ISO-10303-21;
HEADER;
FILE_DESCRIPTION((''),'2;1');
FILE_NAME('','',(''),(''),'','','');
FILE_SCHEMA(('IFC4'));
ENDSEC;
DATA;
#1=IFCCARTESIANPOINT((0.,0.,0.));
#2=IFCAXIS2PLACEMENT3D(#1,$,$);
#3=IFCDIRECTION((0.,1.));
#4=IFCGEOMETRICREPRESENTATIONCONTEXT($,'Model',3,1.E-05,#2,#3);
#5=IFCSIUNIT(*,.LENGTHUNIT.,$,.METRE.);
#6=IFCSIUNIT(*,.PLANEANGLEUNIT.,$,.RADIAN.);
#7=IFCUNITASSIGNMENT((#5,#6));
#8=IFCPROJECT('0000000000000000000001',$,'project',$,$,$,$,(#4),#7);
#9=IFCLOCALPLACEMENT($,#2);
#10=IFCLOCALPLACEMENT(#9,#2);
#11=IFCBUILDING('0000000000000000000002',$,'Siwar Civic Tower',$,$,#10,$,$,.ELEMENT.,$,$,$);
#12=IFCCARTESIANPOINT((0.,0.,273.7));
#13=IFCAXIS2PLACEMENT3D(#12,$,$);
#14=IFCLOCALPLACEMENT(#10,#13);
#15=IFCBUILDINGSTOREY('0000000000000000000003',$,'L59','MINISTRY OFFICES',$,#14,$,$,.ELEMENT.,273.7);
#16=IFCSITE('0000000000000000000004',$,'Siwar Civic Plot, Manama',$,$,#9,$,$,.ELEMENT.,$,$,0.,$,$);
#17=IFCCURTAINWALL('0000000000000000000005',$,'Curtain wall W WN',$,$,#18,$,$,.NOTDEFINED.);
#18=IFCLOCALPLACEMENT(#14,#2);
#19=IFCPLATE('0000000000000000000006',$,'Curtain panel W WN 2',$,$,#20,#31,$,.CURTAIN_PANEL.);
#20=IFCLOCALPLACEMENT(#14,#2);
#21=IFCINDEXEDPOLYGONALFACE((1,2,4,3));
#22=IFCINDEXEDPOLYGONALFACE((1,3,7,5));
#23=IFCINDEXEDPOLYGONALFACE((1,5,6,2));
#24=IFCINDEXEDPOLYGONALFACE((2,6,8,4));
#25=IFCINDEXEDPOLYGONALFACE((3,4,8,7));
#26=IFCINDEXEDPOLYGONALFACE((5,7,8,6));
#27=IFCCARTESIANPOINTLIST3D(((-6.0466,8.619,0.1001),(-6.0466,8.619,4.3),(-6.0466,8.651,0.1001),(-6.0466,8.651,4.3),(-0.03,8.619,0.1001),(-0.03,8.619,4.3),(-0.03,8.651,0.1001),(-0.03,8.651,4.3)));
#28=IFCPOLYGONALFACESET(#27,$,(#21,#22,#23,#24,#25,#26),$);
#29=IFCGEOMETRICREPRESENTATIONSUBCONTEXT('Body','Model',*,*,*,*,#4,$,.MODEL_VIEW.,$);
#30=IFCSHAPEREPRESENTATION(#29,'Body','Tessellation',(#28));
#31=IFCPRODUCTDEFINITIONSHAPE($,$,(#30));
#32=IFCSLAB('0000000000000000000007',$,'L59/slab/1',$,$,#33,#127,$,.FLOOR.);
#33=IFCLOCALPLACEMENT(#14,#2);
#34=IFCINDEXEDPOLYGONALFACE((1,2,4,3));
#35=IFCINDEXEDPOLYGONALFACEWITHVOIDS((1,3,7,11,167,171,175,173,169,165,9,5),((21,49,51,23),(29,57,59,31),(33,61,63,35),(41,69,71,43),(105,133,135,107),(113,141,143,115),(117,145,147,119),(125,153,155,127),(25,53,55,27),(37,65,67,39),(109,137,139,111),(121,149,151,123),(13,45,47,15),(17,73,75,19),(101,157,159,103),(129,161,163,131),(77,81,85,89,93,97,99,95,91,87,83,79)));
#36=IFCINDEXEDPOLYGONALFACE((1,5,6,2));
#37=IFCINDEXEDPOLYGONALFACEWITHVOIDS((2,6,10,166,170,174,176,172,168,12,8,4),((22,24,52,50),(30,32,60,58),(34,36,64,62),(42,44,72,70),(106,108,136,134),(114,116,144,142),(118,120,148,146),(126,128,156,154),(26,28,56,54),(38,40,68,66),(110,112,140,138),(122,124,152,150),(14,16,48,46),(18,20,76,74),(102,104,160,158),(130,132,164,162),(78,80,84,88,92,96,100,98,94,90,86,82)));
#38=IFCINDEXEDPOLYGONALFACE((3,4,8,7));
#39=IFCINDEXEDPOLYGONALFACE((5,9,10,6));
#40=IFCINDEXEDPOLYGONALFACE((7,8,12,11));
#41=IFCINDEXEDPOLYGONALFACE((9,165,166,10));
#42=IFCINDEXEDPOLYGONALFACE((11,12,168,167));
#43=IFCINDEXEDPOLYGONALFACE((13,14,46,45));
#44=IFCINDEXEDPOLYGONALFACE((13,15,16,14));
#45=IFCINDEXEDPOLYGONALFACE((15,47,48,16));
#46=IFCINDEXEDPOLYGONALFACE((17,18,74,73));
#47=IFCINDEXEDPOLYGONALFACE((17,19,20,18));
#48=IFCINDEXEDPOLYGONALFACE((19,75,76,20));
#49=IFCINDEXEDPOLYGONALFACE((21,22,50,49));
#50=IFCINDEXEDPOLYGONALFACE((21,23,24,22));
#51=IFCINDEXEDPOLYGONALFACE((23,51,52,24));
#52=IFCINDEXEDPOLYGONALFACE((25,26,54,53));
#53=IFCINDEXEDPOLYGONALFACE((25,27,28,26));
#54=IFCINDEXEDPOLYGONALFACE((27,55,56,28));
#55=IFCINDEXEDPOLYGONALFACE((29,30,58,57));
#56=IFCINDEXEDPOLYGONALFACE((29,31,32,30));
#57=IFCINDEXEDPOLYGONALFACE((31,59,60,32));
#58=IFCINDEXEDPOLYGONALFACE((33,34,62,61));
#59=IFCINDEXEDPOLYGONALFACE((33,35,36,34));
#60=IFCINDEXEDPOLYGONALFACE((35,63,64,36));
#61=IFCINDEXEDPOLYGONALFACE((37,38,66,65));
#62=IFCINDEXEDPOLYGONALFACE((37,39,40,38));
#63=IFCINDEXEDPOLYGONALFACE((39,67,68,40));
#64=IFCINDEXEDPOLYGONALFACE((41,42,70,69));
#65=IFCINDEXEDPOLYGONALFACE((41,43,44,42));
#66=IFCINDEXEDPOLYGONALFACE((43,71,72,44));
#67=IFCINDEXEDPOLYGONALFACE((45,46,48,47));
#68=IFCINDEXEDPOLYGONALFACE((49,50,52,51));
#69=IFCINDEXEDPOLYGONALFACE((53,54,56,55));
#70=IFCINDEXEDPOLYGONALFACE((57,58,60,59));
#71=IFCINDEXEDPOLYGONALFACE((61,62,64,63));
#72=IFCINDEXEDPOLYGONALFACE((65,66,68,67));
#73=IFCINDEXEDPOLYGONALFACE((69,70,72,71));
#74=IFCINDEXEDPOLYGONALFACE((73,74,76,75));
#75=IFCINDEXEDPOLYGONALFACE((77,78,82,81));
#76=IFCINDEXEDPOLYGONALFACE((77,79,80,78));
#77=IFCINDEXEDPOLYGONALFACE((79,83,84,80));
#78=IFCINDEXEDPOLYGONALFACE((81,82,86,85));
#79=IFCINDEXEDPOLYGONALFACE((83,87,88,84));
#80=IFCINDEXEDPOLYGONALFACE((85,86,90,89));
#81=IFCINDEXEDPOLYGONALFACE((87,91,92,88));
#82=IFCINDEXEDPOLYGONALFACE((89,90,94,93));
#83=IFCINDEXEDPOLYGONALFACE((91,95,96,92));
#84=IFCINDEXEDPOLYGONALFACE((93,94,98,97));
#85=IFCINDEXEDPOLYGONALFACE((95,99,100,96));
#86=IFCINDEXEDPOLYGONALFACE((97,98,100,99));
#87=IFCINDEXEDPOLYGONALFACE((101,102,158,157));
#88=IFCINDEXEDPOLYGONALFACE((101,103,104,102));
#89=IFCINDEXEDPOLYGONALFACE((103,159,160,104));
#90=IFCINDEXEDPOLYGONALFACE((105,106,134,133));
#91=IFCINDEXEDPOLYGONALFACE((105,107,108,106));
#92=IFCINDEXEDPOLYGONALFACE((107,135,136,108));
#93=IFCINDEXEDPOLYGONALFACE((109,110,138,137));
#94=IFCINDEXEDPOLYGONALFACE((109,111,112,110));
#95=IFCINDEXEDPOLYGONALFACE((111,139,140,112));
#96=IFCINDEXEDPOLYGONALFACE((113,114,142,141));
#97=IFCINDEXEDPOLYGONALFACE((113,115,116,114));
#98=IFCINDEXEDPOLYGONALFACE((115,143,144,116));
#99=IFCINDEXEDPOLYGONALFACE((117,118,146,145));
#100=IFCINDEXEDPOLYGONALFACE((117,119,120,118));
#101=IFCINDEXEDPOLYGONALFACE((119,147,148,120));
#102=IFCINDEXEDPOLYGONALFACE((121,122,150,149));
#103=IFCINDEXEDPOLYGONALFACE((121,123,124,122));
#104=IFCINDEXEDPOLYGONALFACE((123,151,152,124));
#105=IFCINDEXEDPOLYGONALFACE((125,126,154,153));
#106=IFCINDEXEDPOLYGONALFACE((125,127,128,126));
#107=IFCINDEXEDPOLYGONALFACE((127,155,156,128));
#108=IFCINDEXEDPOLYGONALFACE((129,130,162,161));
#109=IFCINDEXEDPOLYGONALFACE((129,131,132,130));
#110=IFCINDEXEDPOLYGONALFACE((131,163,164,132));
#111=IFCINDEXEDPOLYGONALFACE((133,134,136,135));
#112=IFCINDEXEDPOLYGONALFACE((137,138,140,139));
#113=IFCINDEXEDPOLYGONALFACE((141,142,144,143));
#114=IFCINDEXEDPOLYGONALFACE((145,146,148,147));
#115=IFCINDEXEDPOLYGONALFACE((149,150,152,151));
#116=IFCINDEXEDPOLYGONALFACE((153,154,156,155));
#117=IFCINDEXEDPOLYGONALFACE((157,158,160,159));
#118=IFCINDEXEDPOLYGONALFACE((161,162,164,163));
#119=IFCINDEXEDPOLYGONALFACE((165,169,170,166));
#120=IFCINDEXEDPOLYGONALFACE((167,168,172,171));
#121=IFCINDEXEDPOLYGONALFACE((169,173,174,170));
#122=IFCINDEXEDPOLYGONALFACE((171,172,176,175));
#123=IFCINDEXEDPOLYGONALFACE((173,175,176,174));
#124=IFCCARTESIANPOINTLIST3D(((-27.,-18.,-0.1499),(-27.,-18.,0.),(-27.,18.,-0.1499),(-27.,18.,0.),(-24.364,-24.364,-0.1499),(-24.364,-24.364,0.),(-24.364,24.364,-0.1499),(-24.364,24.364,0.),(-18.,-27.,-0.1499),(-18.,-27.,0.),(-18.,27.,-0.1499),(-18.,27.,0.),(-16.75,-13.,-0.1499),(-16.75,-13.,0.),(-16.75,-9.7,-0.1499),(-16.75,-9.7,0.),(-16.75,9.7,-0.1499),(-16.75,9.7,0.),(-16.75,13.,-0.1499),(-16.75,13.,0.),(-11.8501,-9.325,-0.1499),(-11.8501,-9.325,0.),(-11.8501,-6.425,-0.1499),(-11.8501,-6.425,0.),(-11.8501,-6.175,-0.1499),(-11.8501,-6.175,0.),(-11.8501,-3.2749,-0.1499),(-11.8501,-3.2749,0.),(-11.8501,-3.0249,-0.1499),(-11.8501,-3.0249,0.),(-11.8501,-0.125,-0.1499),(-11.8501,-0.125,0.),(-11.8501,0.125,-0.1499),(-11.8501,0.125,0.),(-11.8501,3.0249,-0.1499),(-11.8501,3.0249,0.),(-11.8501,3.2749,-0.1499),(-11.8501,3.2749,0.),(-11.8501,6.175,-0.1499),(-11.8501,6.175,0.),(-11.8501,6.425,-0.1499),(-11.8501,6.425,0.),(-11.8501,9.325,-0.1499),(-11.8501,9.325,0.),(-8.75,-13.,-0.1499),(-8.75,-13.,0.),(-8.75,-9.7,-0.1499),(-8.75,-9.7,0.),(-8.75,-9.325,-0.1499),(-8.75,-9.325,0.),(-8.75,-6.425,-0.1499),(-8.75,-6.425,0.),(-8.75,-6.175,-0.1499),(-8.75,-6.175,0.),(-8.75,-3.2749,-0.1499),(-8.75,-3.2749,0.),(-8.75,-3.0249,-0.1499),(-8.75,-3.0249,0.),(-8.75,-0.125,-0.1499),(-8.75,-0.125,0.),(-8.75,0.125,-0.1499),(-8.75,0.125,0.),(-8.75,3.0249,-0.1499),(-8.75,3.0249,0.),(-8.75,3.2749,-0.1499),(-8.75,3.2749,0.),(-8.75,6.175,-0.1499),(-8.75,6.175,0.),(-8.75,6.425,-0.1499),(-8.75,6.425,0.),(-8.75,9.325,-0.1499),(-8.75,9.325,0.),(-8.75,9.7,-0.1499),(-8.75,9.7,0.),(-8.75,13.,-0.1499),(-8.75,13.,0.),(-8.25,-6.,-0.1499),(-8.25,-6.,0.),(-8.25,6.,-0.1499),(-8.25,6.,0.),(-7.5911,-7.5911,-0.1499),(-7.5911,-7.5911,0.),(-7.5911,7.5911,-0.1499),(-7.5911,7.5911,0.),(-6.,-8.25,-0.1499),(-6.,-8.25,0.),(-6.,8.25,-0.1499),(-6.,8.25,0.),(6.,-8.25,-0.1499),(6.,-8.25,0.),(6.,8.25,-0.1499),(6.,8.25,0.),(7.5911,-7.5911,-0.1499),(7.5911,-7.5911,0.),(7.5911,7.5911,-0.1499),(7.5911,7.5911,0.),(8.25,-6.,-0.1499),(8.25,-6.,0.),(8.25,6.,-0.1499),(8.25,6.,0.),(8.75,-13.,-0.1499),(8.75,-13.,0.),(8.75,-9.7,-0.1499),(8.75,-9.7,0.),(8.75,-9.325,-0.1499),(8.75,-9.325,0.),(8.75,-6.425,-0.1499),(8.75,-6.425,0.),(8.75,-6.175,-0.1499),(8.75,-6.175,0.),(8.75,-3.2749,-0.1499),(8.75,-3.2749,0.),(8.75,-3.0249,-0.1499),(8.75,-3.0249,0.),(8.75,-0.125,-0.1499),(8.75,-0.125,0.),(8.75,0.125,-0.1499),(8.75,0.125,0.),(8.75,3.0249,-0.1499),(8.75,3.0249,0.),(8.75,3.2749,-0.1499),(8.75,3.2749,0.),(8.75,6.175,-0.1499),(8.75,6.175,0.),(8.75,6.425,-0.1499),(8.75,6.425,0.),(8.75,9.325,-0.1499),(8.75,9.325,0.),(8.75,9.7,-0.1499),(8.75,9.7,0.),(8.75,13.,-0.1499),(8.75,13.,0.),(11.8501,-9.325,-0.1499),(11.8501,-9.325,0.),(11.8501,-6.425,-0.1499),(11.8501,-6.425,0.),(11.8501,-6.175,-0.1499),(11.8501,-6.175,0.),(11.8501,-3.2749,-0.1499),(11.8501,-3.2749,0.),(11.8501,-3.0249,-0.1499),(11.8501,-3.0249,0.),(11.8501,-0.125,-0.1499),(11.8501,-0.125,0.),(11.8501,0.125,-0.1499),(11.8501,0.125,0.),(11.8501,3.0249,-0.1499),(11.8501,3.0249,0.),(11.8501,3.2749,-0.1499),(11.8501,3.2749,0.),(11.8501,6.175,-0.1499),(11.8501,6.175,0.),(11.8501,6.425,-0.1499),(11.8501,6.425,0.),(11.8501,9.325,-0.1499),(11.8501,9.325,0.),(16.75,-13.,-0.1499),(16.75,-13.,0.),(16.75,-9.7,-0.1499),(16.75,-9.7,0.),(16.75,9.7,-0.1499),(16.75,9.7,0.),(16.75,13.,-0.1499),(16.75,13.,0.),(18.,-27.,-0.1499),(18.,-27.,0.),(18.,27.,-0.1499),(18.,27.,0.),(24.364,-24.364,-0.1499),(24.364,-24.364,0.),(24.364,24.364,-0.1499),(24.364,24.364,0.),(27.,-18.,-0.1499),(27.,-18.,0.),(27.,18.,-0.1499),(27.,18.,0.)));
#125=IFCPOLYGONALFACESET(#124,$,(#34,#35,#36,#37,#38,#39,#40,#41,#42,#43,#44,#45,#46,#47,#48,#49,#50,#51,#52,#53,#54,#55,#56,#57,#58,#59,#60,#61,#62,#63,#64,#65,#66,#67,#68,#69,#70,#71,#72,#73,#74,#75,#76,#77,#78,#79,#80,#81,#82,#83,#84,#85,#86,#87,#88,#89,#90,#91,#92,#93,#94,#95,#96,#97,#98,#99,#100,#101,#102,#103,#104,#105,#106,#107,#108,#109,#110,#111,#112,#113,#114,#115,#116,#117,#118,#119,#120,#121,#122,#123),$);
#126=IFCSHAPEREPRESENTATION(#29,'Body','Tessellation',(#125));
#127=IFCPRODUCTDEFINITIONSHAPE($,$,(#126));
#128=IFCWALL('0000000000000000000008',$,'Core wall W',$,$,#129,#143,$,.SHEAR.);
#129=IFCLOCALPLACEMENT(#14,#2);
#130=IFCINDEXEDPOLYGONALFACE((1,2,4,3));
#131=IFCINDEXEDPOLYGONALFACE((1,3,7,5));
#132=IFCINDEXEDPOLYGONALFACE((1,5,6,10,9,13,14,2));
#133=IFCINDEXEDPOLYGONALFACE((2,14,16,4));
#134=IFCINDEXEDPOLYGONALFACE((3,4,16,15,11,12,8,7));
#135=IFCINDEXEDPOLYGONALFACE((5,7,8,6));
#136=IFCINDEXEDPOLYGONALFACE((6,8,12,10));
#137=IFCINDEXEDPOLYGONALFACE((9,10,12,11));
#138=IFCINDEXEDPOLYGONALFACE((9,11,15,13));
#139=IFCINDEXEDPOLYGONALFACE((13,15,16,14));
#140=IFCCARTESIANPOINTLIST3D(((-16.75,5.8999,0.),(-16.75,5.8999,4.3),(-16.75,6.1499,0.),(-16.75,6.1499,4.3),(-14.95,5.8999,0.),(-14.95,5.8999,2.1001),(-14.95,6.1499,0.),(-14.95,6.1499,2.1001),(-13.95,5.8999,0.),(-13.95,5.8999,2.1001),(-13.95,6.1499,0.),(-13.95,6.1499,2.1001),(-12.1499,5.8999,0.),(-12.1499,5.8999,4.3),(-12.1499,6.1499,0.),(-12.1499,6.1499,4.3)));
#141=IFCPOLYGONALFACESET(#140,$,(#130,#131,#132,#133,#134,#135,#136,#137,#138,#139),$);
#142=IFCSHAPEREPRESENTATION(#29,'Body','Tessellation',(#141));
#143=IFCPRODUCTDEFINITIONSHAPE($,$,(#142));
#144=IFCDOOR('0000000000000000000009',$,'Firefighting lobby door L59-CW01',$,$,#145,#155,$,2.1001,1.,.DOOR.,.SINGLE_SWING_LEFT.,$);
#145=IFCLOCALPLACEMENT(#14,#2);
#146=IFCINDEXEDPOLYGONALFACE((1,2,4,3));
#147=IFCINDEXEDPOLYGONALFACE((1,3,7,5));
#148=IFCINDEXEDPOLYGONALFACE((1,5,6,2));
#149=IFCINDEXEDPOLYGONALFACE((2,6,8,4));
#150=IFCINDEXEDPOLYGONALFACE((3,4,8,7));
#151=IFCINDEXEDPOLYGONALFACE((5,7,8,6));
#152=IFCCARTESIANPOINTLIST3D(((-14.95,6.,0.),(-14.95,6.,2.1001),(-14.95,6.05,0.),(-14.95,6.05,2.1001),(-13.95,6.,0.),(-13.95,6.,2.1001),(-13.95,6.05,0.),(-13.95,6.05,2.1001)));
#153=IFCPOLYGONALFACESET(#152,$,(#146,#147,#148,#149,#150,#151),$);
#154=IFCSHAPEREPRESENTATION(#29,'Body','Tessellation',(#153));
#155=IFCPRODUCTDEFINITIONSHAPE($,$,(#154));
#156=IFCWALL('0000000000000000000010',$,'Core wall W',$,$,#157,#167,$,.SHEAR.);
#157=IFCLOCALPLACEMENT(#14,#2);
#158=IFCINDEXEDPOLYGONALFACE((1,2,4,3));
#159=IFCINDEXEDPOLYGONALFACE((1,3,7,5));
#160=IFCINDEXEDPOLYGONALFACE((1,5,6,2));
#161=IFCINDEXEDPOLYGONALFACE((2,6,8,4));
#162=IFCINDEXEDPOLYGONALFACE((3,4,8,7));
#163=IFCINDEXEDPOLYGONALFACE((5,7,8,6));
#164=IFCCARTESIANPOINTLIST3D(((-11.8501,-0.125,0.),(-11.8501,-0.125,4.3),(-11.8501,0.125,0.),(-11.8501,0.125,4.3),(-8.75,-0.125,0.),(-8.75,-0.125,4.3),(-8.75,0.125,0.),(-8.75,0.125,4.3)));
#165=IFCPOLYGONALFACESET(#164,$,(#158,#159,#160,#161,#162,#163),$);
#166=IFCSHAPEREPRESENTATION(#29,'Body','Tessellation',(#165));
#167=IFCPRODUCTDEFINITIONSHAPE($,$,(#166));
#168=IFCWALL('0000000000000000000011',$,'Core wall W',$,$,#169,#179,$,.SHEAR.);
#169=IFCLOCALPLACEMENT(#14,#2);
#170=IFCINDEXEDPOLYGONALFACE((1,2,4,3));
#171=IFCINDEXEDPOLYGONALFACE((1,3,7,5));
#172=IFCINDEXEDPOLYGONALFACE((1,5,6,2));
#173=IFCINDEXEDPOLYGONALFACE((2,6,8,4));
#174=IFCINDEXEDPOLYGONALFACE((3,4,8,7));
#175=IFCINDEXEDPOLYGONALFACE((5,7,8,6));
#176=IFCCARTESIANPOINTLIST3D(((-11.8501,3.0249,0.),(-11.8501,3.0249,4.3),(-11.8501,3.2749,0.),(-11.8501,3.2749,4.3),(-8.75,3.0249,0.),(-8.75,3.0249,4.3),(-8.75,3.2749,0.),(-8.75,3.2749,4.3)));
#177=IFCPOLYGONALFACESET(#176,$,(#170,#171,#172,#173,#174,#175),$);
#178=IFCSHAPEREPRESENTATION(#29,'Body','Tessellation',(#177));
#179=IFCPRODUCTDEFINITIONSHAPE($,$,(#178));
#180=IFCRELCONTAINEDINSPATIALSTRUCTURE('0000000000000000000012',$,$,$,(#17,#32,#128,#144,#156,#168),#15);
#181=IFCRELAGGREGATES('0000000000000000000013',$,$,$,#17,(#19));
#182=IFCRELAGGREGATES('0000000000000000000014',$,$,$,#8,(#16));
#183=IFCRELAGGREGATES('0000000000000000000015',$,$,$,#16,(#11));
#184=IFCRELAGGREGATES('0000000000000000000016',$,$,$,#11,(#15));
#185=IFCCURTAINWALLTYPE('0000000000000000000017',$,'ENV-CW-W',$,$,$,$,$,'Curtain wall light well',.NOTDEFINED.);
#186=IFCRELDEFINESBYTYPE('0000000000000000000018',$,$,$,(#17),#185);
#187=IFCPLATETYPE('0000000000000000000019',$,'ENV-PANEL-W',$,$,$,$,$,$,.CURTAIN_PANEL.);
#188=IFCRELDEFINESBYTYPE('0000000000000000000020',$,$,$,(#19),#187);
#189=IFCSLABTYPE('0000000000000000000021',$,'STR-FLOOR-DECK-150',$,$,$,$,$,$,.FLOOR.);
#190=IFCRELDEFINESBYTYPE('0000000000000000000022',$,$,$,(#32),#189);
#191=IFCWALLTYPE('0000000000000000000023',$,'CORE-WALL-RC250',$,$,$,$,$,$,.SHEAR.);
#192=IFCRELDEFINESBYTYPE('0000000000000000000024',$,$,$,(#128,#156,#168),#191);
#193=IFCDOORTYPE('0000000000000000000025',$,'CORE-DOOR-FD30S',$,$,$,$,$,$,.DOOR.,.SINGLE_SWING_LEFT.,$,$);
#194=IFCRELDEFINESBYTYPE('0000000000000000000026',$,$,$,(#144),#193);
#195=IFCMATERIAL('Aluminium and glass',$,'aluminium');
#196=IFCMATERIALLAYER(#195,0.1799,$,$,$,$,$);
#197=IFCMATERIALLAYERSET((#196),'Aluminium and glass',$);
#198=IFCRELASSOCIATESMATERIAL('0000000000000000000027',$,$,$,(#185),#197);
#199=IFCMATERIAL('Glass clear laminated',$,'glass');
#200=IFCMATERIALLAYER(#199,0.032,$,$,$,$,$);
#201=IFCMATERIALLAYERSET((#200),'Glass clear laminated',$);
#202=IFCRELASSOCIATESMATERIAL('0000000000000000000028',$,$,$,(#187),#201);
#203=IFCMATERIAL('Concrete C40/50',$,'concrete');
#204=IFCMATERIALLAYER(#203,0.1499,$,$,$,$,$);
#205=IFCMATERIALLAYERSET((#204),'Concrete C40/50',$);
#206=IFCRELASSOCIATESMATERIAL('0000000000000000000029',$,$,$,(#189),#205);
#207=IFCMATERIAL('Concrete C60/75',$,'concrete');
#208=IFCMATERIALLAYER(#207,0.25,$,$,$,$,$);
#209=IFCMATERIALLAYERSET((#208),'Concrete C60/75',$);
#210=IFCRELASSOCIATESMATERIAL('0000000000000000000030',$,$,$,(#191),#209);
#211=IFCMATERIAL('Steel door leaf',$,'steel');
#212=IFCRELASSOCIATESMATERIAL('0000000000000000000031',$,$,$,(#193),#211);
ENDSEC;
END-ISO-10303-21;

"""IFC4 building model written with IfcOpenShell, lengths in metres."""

from ifc_helpers import new_model, si_unit, direction, frame, frame_2d, origin, origin_2d, place, context, subcontext, project, spatial, polyline, rectangle, outline, extrude, material, layer, layer_set, type_object, element, fill, aggregate, save


model = new_model("IFC4")

# Units and contexts
model_context = context("Model", 3, precision=1e-05, world=origin(), true_north=direction((0.0, 1.0)))
body_context = subcontext(model_context, "Body", "Model", "MODEL_VIEW")
ifc_project = project(units=[si_unit("LENGTHUNIT", "METRE"), si_unit("PLANEANGLEUNIT", "RADIAN")], contexts=[model_context])

# Site, building, storey
site_placement = place(None, origin())
site = spatial("IfcSite", under=ifc_project, at=site_placement, Name="Siwar Civic Plot, Manama", CompositionType="ELEMENT", RefElevation=0.0)
building_placement = place(site_placement, origin())
building = spatial("IfcBuilding", under=site, at=building_placement, Name="Siwar Civic Tower", CompositionType="ELEMENT")
storey_placement = place(building_placement, frame((0.0, 0.0, 273.7)))
storey = spatial("IfcBuildingStorey", under=building, at=storey_placement, Name="L59", Description="MINISTRY OFFICES", CompositionType="ELEMENT", Elevation=273.7)

# Curtain wall
ifc_material_1 = material(Name="Aluminium and glass", Category="aluminium")
ifc_layer_1 = layer(ifc_material_1, 0.1799)
ifc_layer_set_1 = layer_set([ifc_layer_1], Name="Aluminium and glass")
curtain_wall_type = type_object("IfcCurtainWallType", Name="ENV-CW-W", ElementType="Curtain wall light well", PredefinedType="NOTDEFINED", material=ifc_layer_set_1)
curtain_wall_placement = place(storey_placement, origin())
curtain_wall = element("IfcCurtainWall", 1, at=curtain_wall_placement, inside=storey, type_object=curtain_wall_type, Name="Curtain wall W WN", PredefinedType="NOTDEFINED")

# Plate
ifc_material_2 = material(Name="Glass clear laminated", Category="glass")
ifc_layer_2 = layer(ifc_material_2, 0.032)
ifc_layer_set_2 = layer_set([ifc_layer_2], Name="Glass clear laminated")
plate_type = type_object("IfcPlateType", Name="ENV-PANEL-W", PredefinedType="CURTAIN_PANEL", material=ifc_layer_set_2)
plate_placement = place(storey_placement, frame((-3.0383, 8.635, 0.1001), z_axis=(0.0, 0.0, 1.0), x_axis=(-1.0, 0.0, 0.0)))
plate = element("IfcPlate", 2, at=plate_placement, type_object=plate_type, Name="Curtain panel W WN 2", PredefinedType="CURTAIN_PANEL", context=body_context, shape_type="SweptSolid", body=[
    extrude(rectangle(XDim=6.0166, YDim=0.032, at=origin_2d()), origin(), (0.0, 0.0, 1.0), 4.2),
])
aggregate(curtain_wall, [plate])

# Slab
ifc_material_3 = material(Name="Concrete C40/50", Category="concrete")
ifc_layer_3 = layer(ifc_material_3, 0.1499)
ifc_layer_set_3 = layer_set([ifc_layer_3], Name="Concrete C40/50")
slab_type_1 = type_object("IfcSlabType", Name="STR-FLOOR-DECK-150", PredefinedType="FLOOR", material=ifc_layer_set_3)
slab_1_placement = place(storey_placement, frame((0.0, 0.0, -0.1499)))
element("IfcSlab", 3, at=slab_1_placement, inside=storey, type_object=slab_type_1, Name="L59/slab/1", PredefinedType="FLOOR", context=body_context, shape_type="SweptSolid", body=[
    extrude(outline(polyline([(-18.0, -27.0), (18.0, -27.0), (24.364, -24.364), (27.0, -18.0), (27.0, 18.0), (24.364, 24.364), (18.0, 27.0), (-18.0, 27.0), (-24.364, 24.364), (-27.0, 18.0), (-27.0, -18.0), (-24.364, -24.364), (-18.0, -27.0)]), holes=[polyline([(16.75, 13.0), (16.75, 9.7), (8.75, 9.7), (8.75, 13.0), (16.75, 13.0)]), polyline([(8.75, -9.7), (16.75, -9.7), (16.75, -13.0), (8.75, -13.0), (8.75, -9.7)]), polyline([(11.8501, 9.325), (11.8501, 6.425), (8.75, 6.425), (8.75, 9.325), (11.8501, 9.325)]), polyline([(8.75, 6.175), (11.8501, 6.175), (11.8501, 3.2749), (8.75, 3.2749), (8.75, 6.175)]), polyline([(8.75, 3.0249), (11.8501, 3.0249), (11.8501, 0.125), (8.75, 0.125), (8.75, 3.0249)]), polyline([(8.75, -0.125), (11.8501, -0.125), (11.8501, -3.0249), (8.75, -3.0249), (8.75, -0.125)]), polyline([(8.75, -3.2749), (11.8501, -3.2749), (11.8501, -6.175), (8.75, -6.175), (8.75, -3.2749)]), polyline([(8.75, -6.425), (11.8501, -6.425), (11.8501, -9.325), (8.75, -9.325), (8.75, -6.425)]), polyline([(-6.0, 8.25), (6.0, 8.25), (7.5911, 7.5911), (8.25, 6.0), (8.25, -6.0), (7.5911, -7.5911), (6.0, -8.25), (-6.0, -8.25), (-7.5911, -7.5911), (-8.25, -6.0), (-8.25, 6.0), (-7.5911, 7.5911), (-6.0, 8.25)]), polyline([(-8.75, -13.0), (-16.75, -13.0), (-16.75, -9.7), (-8.75, -9.7), (-8.75, -13.0)]), polyline([(-8.75, 9.7), (-16.75, 9.7), (-16.75, 13.0), (-8.75, 13.0), (-8.75, 9.7)]), polyline([(-8.75, 6.425), (-11.8501, 6.425), (-11.8501, 9.325), (-8.75, 9.325), (-8.75, 6.425)]), polyline([(-8.75, 3.2749), (-11.8501, 3.2749), (-11.8501, 6.175), (-8.75, 6.175), (-8.75, 3.2749)]), polyline([(-8.75, 0.125), (-11.8501, 0.125), (-11.8501, 3.0249), (-8.75, 3.0249), (-8.75, 0.125)]), polyline([(-8.75, -3.0249), (-11.8501, -3.0249), (-11.8501, -0.125), (-8.75, -0.125), (-8.75, -3.0249)]), polyline([(-8.75, -6.175), (-11.8501, -6.175), (-11.8501, -3.2749), (-8.75, -3.2749), (-8.75, -6.175)]), polyline([(-8.75, -9.325), (-11.8501, -9.325), (-11.8501, -6.425), (-8.75, -6.425), (-8.75, -9.325)])]), origin(), (0.0, 0.0, 1.0), 0.1499),
])

# Wall, opening, door
ifc_material_4 = material(Name="Concrete C60/75", Category="concrete")
ifc_layer_4 = layer(ifc_material_4, 0.25)
ifc_layer_set_4 = layer_set([ifc_layer_4], Name="Concrete C60/75")
wall_type_1 = type_object("IfcWallType", Name="CORE-WALL-RC250", PredefinedType="SHEAR", material=ifc_layer_set_4)
wall_1_placement = place(storey_placement, frame((-12.1499, 6.0249, 0.0), z_axis=(0.0, 0.0, 1.0), x_axis=(-1.0, 0.0, 0.0)))
wall_1 = element("IfcWall", 4, at=wall_1_placement, inside=storey, type_object=wall_type_1, Name="Core wall W", PredefinedType="SHEAR", context=body_context, shape_type="SweptSolid", body=[
    extrude(rectangle(XDim=4.6001, YDim=0.25, at=frame_2d((2.3, 0.0))), origin(), (0.0, 0.0, 1.0), 4.3),
])
opening_placement = place(wall_1_placement, frame((1.8, 0.0, 0.0)))
opening = element("IfcOpeningElement", 5, at=opening_placement, cuts=wall_1, PredefinedType="OPENING", context=body_context, shape_type="SweptSolid", body=[
    extrude(rectangle(XDim=1.0, YDim=2.1001, at=frame_2d((0.5, 1.05))), frame((0.0, 0.135, 0.0), z_axis=(0.0, -1.0, 0.0), x_axis=(1.0, 0.0, 0.0)), (0.0, 0.0, 1.0), 0.27),
])
ifc_material_5 = material(Name="Steel door leaf", Category="steel")
door_type = type_object("IfcDoorType", Name="CORE-DOOR-FD30S", OperationType="SINGLE_SWING_LEFT", PredefinedType="DOOR", material=ifc_material_5)
door_placement = place(opening_placement, origin())
door = element("IfcDoor", 6, at=door_placement, inside=storey, type_object=door_type, Name="Firefighting lobby door L59-CW01", OperationType="SINGLE_SWING_LEFT", OverallHeight=2.1001, OverallWidth=1.0, PredefinedType="DOOR", context=body_context, shape_type="SweptSolid", body=[
    extrude(rectangle(XDim=1.0, YDim=2.1001, at=frame_2d((0.5, 1.05))), frame((0.0, 0.0249, 0.0), z_axis=(0.0, -1.0, 0.0), x_axis=(1.0, 0.0, 0.0)), (0.0, 0.0, 1.0), 0.05),
])
fill(opening, door)

# Walls
for number, where, z_axis, x_axis, name in (
    (7, (-8.75, 0.0, 0.0), (0.0, 0.0, 1.0), (-1.0, 0.0, 0.0), "Core wall W"),
    (8, (-8.75, 3.1499, 0.0), (0.0, 0.0, 1.0), (-1.0, 0.0, 0.0), "Core wall W"),
):
    element("IfcWall", number, at=place(storey_placement, frame(where, z_axis=z_axis, x_axis=x_axis)), inside=storey, type_object=wall_type_1, Name=name, PredefinedType="SHEAR", context=body_context, shape_type="SweptSolid", body=[
        extrude(rectangle(XDim=3.1001, YDim=0.25, at=frame_2d((1.55, 0.0))), origin(), (0.0, 0.0, 1.0), 4.3),
    ])

save(model, "model.ifc")
